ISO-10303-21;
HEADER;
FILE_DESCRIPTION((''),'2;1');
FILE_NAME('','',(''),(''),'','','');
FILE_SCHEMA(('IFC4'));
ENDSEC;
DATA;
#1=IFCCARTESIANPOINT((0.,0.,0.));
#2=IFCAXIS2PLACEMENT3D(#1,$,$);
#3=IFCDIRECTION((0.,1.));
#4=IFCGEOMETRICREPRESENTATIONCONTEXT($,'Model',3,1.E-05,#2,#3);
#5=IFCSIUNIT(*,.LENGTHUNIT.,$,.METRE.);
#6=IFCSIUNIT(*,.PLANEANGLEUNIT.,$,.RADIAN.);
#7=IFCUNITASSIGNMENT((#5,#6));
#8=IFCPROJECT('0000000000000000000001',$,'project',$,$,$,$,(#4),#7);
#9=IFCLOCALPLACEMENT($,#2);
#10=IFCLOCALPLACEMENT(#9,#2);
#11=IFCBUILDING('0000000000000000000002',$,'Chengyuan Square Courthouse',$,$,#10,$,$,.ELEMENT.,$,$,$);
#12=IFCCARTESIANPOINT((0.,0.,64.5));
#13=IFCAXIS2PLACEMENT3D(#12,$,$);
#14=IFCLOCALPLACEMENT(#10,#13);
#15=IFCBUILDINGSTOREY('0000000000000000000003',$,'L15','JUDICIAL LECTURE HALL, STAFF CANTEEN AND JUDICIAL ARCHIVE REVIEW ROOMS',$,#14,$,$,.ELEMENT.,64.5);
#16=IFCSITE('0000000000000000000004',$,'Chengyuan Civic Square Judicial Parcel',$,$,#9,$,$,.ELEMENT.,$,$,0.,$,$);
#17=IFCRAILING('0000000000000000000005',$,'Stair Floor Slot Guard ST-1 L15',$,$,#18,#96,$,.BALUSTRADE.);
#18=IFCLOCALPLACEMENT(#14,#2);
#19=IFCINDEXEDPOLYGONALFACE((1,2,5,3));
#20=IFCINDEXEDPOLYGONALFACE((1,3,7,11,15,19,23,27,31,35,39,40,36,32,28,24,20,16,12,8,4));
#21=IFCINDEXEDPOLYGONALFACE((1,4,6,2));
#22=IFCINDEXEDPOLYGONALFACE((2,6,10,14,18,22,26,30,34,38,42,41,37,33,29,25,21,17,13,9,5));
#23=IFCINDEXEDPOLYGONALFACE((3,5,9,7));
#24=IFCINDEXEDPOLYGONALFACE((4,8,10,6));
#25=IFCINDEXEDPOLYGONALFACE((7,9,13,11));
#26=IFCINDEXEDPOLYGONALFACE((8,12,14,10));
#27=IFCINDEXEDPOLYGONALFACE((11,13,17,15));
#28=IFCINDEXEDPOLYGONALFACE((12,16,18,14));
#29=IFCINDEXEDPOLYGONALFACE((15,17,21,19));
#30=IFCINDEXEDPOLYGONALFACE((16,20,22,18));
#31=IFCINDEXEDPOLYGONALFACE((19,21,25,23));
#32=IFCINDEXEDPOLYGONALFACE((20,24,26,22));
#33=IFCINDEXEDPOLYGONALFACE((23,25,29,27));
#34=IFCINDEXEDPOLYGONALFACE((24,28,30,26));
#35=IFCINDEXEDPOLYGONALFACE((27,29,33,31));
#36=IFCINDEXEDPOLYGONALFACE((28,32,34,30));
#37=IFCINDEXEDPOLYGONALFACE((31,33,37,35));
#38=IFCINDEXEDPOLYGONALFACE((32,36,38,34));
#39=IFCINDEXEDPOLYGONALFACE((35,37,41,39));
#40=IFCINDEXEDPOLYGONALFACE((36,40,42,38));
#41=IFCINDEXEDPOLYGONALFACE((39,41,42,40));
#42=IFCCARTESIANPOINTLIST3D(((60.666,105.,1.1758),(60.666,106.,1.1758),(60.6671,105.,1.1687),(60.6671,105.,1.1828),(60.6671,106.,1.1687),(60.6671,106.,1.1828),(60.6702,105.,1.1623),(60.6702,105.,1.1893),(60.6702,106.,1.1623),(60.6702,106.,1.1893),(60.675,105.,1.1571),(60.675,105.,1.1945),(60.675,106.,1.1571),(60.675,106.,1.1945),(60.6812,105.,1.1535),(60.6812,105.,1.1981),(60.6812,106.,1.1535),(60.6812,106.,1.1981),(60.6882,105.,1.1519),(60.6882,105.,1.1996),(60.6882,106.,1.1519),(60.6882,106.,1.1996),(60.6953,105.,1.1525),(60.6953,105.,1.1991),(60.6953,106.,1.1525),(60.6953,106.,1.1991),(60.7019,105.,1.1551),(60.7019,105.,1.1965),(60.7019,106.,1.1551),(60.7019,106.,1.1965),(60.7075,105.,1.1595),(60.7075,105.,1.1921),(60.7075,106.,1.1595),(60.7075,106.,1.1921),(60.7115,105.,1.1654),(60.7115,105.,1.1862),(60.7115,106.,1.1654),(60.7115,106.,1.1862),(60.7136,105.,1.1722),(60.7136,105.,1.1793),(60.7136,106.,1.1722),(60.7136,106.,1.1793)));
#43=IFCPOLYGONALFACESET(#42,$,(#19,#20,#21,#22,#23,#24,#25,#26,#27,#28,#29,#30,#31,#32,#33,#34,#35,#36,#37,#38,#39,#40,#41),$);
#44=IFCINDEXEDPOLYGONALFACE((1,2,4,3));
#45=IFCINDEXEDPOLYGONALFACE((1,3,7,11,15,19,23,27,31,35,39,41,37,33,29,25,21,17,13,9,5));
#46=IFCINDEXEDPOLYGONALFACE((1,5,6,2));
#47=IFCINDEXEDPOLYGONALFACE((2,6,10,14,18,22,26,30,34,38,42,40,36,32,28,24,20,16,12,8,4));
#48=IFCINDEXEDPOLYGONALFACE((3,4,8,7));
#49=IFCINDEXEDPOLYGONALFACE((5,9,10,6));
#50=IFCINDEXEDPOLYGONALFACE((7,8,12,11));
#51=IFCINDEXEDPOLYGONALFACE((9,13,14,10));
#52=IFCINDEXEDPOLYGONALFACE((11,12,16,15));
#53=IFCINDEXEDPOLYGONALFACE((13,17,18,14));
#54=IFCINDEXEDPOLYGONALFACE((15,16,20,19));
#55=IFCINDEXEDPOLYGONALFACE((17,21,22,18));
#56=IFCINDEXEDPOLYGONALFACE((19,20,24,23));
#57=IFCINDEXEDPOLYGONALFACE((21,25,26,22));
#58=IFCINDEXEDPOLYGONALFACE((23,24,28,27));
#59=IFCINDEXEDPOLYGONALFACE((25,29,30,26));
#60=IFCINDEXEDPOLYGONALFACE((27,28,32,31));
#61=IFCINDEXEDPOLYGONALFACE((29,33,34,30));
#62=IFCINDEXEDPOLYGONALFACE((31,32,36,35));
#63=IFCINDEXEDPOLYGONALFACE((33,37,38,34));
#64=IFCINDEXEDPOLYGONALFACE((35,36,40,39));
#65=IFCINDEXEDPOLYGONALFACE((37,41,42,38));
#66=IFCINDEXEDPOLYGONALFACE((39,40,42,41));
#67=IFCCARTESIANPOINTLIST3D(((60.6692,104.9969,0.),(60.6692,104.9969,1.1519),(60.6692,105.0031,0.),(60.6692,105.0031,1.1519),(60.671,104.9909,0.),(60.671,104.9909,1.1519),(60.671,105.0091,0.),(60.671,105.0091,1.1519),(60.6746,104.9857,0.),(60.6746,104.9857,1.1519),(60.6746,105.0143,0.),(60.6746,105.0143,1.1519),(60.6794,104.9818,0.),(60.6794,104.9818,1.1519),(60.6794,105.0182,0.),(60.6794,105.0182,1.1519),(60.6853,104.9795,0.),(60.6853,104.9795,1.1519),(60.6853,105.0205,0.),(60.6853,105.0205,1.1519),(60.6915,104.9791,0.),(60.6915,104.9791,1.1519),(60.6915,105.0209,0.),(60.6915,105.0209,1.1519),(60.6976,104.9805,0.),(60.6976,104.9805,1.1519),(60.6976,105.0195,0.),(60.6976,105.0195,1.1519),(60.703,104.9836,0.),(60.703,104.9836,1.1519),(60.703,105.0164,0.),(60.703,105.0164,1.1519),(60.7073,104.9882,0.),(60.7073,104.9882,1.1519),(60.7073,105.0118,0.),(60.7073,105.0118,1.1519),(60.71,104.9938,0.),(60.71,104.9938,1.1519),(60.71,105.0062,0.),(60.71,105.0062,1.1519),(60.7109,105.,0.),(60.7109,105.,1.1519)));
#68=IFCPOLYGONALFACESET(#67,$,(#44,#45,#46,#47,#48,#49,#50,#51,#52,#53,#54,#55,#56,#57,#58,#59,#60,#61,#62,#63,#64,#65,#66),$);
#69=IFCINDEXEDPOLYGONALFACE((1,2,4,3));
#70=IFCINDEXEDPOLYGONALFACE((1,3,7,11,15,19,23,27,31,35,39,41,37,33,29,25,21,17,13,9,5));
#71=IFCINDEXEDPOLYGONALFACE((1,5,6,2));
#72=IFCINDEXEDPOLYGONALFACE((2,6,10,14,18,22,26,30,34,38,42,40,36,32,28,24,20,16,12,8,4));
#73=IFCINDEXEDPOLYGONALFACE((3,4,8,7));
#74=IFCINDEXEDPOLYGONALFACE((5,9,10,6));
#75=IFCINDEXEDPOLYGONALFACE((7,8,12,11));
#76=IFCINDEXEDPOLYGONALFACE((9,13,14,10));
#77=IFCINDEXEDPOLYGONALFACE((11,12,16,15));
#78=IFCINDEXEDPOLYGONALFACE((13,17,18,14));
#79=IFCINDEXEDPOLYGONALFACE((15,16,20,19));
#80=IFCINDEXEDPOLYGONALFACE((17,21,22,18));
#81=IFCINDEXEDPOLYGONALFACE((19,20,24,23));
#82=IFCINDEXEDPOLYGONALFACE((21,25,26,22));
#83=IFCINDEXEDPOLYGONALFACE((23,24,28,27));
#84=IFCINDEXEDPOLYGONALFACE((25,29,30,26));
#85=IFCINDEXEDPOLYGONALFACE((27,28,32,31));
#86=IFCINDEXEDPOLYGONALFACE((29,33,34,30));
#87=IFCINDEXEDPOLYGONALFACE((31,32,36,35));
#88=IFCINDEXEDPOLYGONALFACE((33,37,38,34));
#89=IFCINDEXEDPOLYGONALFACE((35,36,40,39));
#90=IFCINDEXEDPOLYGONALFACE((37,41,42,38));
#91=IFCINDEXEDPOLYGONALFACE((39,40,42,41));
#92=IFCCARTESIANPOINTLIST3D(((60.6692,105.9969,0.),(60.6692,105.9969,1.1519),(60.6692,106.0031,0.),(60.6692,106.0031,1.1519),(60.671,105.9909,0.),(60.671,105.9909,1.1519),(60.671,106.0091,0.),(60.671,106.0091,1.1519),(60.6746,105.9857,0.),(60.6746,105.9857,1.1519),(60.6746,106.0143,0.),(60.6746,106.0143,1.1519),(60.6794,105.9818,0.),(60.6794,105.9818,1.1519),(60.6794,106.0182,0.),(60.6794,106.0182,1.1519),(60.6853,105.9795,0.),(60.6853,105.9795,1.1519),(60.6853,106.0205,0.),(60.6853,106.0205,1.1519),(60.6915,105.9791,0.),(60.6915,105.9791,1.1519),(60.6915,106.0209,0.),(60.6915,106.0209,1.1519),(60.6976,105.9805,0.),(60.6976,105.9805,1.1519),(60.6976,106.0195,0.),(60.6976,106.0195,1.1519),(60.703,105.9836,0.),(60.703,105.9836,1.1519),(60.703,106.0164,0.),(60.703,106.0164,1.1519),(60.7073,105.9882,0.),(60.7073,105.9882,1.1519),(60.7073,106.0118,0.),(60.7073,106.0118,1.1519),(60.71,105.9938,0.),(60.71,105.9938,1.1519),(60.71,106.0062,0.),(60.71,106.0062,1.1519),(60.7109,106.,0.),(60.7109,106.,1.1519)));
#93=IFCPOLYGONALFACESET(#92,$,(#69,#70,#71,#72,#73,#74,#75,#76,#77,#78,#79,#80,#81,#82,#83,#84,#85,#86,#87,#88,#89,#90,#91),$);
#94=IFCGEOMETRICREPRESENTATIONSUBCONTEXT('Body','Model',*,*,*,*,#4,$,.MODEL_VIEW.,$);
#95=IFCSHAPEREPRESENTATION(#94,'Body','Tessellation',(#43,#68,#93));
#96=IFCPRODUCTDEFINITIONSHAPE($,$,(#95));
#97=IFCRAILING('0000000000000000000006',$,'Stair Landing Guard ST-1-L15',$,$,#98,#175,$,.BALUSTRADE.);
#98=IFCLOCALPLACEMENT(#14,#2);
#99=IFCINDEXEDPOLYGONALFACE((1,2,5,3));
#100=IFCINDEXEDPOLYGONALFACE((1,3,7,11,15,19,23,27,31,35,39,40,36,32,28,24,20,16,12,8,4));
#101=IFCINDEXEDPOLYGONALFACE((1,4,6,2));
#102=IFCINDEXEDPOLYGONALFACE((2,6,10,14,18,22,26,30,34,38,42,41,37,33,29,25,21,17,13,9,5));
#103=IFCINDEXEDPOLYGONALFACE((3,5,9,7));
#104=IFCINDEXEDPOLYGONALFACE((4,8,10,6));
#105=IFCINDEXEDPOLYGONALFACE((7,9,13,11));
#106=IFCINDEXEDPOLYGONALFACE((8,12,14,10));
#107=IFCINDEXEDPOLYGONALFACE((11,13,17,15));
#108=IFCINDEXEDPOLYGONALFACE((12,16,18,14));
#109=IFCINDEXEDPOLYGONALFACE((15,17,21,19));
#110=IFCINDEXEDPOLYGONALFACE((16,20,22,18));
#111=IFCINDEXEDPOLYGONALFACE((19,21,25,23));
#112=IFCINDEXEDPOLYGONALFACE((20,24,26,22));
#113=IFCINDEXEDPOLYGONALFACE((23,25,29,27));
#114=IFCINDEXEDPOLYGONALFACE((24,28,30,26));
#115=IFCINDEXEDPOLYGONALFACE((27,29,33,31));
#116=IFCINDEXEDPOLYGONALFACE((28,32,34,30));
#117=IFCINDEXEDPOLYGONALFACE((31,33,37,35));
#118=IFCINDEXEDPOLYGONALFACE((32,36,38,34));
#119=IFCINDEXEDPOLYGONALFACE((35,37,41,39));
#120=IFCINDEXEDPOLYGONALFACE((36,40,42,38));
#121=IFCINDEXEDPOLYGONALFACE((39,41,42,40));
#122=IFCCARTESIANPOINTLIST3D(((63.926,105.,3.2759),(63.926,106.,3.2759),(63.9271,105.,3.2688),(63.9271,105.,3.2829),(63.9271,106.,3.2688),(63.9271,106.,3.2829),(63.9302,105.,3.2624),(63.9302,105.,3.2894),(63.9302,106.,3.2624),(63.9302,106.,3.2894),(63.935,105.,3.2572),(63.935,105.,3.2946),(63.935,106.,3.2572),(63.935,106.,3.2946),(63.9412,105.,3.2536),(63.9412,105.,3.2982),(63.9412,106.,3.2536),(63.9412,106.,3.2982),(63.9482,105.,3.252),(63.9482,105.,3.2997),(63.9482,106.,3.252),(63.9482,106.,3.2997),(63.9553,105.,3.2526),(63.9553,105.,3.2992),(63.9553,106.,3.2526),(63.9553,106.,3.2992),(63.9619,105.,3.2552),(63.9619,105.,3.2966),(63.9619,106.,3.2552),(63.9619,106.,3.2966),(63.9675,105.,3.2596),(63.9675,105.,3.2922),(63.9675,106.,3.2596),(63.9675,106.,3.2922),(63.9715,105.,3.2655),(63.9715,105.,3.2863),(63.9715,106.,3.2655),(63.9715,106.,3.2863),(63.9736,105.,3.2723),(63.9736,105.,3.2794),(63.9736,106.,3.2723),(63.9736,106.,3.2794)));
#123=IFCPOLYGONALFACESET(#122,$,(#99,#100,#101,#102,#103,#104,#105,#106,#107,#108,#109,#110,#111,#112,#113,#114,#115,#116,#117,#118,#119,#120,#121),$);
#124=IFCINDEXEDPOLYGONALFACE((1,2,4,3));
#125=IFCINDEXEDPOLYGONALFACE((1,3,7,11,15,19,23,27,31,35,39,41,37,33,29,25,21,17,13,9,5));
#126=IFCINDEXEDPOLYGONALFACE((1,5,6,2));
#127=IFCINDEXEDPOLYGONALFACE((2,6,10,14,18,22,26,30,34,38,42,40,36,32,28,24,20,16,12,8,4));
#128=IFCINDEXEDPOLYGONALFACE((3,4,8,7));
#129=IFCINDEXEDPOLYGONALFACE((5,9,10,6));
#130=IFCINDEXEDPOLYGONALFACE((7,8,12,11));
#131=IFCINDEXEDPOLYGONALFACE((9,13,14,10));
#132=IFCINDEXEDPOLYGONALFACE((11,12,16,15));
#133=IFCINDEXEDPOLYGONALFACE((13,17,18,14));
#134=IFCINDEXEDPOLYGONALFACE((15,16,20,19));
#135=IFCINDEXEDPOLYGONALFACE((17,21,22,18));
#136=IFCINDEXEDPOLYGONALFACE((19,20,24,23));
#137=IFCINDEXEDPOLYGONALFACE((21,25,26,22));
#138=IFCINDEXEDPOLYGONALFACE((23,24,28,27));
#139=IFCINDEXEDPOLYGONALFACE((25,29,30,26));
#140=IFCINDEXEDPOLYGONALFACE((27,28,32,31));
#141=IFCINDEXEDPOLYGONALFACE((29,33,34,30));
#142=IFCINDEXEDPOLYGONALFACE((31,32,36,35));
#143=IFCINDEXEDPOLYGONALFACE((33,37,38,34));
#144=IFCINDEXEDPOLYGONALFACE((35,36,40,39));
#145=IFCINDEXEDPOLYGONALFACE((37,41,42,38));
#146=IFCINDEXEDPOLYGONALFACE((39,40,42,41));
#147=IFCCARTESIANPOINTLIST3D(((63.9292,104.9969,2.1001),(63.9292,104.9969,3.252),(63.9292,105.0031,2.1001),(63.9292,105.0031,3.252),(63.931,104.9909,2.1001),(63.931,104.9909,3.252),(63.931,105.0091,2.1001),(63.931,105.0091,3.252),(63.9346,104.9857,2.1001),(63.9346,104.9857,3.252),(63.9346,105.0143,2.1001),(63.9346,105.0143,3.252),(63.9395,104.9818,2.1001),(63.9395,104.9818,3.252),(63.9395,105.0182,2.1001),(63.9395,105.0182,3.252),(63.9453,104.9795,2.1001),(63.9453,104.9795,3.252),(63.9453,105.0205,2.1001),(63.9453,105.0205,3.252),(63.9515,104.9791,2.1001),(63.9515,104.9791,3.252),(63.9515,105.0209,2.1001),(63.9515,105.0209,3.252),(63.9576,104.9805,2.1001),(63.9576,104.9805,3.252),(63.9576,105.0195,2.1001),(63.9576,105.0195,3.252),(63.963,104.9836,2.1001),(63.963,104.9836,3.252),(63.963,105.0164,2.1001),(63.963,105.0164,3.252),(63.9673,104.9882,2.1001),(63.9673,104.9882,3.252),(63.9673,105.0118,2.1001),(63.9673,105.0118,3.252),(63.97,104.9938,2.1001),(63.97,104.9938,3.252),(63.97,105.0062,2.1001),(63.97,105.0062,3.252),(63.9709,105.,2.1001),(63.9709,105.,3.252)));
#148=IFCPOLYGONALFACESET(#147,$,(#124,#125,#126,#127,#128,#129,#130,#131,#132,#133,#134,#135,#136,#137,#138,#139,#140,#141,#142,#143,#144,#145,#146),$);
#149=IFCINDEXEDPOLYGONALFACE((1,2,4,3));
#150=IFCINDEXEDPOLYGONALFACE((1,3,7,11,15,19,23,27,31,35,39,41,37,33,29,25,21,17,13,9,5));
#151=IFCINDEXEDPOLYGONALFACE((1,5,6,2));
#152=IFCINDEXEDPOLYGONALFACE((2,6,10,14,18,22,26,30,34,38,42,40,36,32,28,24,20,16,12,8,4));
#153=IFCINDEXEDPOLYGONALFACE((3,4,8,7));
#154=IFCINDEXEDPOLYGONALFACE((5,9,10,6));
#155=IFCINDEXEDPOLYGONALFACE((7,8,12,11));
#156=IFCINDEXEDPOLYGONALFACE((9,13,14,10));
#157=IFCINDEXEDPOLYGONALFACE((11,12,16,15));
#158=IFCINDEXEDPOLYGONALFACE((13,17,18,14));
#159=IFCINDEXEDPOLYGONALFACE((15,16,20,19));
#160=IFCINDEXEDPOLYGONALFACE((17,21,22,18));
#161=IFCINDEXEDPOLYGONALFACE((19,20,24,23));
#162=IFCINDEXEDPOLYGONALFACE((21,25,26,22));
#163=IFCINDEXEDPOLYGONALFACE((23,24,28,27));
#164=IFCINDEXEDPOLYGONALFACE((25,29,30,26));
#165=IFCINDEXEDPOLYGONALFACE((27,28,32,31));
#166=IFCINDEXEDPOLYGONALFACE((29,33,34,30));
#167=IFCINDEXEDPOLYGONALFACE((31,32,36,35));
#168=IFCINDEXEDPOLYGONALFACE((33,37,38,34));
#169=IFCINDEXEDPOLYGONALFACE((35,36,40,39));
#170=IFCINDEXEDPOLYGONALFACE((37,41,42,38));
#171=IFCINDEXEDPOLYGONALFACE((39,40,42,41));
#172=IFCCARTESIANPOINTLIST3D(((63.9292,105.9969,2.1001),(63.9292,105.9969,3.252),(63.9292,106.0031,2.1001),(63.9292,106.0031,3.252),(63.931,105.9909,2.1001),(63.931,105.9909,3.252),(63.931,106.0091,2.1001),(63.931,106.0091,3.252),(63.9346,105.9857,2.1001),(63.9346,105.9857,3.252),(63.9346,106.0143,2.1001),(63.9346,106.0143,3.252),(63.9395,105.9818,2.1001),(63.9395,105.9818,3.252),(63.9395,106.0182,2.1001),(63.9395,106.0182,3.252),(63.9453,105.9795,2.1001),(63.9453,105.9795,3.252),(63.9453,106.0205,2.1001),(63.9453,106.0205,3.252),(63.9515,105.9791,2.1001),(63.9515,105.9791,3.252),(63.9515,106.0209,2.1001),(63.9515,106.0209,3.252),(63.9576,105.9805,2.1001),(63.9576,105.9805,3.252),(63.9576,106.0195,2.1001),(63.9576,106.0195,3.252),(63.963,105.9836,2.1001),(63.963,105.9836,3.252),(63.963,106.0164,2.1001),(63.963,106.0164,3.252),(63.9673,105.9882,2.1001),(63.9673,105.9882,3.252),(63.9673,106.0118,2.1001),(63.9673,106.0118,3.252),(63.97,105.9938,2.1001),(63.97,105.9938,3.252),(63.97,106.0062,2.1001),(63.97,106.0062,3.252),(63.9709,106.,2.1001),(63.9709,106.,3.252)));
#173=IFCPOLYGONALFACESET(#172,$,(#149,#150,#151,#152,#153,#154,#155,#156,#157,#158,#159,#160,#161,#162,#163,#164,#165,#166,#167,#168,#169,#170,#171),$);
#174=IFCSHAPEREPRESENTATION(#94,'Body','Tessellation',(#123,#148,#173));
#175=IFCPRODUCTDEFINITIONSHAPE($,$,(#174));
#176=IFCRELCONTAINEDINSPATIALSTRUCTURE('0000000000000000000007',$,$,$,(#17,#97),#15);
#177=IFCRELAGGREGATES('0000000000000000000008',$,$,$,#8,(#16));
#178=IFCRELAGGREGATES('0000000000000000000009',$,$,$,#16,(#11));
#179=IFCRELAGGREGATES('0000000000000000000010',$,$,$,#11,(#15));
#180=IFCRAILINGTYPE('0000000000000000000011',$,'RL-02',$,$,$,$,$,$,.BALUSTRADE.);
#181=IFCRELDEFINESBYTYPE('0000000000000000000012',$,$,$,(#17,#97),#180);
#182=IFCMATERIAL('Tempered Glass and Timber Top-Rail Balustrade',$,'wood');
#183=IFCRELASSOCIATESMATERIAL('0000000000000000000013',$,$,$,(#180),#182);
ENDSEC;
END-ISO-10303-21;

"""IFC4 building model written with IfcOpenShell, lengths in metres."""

from ifc_helpers import new_model, si_unit, direction, frame, origin, origin_2d, place, context, subcontext, project, spatial, circle, extrude, material, type_object, element, save


model = new_model("IFC4")

# Units and contexts
model_context = context("Model", 3, precision=1e-05, world=origin(), true_north=direction((0.0, 1.0)))
body_context = subcontext(model_context, "Body", "Model", "MODEL_VIEW")
ifc_project = project(units=[si_unit("LENGTHUNIT", "METRE"), si_unit("PLANEANGLEUNIT", "RADIAN")], contexts=[model_context])

# Site, building, storey
site_placement = place(None, origin())
site = spatial("IfcSite", under=ifc_project, at=site_placement, Name="Chengyuan Civic Square Judicial Parcel", CompositionType="ELEMENT", RefElevation=0.0)
building_placement = place(site_placement, origin())
building = spatial("IfcBuilding", under=site, at=building_placement, Name="Chengyuan Square Courthouse", CompositionType="ELEMENT")
storey_placement = place(building_placement, frame((0.0, 0.0, 64.5)))
storey = spatial("IfcBuildingStorey", under=building, at=storey_placement, Name="L15", Description="JUDICIAL LECTURE HALL, STAFF CANTEEN AND JUDICIAL ARCHIVE REVIEW ROOMS", CompositionType="ELEMENT", Elevation=64.5)

# Railings
ifc_material_1 = material(Name="Tempered Glass and Timber Top-Rail Balustrade", Category="wood")
railing_type_1 = type_object("IfcRailingType", Name="RL-02", PredefinedType="BALUSTRADE", material=ifc_material_1)
for number, where, name in (
    (1, (60.6899, 105.0, 0.0), "Stair Floor Slot Guard ST-1 L15"),
    (2, (63.95, 105.0, 2.1001), "Stair Landing Guard ST-1-L15"),
):
    element("IfcRailing", number, at=place(storey_placement, frame(where)), inside=storey, type_object=railing_type_1, Name=name, PredefinedType="BALUSTRADE", context=body_context, shape_type="SweptSolid", body=[
        extrude(circle(Radius=0.0239, at=origin_2d()), frame((0.0, 0.0, 1.1758), z_axis=(0.0, 1.0, 0.0), x_axis=(-1.0, 0.0, 0.0)), (0.0, 0.0, 1.0), 1.0),
        extrude(circle(Radius=0.021, at=origin_2d()), origin(), (0.0, 0.0, 1.0), 1.1519),
        extrude(circle(Radius=0.021, at=origin_2d()), frame((0.0, 1.0, 0.0)), (0.0, 0.0, 1.0), 1.1519),
    ])

save(model, "model.ifc")
